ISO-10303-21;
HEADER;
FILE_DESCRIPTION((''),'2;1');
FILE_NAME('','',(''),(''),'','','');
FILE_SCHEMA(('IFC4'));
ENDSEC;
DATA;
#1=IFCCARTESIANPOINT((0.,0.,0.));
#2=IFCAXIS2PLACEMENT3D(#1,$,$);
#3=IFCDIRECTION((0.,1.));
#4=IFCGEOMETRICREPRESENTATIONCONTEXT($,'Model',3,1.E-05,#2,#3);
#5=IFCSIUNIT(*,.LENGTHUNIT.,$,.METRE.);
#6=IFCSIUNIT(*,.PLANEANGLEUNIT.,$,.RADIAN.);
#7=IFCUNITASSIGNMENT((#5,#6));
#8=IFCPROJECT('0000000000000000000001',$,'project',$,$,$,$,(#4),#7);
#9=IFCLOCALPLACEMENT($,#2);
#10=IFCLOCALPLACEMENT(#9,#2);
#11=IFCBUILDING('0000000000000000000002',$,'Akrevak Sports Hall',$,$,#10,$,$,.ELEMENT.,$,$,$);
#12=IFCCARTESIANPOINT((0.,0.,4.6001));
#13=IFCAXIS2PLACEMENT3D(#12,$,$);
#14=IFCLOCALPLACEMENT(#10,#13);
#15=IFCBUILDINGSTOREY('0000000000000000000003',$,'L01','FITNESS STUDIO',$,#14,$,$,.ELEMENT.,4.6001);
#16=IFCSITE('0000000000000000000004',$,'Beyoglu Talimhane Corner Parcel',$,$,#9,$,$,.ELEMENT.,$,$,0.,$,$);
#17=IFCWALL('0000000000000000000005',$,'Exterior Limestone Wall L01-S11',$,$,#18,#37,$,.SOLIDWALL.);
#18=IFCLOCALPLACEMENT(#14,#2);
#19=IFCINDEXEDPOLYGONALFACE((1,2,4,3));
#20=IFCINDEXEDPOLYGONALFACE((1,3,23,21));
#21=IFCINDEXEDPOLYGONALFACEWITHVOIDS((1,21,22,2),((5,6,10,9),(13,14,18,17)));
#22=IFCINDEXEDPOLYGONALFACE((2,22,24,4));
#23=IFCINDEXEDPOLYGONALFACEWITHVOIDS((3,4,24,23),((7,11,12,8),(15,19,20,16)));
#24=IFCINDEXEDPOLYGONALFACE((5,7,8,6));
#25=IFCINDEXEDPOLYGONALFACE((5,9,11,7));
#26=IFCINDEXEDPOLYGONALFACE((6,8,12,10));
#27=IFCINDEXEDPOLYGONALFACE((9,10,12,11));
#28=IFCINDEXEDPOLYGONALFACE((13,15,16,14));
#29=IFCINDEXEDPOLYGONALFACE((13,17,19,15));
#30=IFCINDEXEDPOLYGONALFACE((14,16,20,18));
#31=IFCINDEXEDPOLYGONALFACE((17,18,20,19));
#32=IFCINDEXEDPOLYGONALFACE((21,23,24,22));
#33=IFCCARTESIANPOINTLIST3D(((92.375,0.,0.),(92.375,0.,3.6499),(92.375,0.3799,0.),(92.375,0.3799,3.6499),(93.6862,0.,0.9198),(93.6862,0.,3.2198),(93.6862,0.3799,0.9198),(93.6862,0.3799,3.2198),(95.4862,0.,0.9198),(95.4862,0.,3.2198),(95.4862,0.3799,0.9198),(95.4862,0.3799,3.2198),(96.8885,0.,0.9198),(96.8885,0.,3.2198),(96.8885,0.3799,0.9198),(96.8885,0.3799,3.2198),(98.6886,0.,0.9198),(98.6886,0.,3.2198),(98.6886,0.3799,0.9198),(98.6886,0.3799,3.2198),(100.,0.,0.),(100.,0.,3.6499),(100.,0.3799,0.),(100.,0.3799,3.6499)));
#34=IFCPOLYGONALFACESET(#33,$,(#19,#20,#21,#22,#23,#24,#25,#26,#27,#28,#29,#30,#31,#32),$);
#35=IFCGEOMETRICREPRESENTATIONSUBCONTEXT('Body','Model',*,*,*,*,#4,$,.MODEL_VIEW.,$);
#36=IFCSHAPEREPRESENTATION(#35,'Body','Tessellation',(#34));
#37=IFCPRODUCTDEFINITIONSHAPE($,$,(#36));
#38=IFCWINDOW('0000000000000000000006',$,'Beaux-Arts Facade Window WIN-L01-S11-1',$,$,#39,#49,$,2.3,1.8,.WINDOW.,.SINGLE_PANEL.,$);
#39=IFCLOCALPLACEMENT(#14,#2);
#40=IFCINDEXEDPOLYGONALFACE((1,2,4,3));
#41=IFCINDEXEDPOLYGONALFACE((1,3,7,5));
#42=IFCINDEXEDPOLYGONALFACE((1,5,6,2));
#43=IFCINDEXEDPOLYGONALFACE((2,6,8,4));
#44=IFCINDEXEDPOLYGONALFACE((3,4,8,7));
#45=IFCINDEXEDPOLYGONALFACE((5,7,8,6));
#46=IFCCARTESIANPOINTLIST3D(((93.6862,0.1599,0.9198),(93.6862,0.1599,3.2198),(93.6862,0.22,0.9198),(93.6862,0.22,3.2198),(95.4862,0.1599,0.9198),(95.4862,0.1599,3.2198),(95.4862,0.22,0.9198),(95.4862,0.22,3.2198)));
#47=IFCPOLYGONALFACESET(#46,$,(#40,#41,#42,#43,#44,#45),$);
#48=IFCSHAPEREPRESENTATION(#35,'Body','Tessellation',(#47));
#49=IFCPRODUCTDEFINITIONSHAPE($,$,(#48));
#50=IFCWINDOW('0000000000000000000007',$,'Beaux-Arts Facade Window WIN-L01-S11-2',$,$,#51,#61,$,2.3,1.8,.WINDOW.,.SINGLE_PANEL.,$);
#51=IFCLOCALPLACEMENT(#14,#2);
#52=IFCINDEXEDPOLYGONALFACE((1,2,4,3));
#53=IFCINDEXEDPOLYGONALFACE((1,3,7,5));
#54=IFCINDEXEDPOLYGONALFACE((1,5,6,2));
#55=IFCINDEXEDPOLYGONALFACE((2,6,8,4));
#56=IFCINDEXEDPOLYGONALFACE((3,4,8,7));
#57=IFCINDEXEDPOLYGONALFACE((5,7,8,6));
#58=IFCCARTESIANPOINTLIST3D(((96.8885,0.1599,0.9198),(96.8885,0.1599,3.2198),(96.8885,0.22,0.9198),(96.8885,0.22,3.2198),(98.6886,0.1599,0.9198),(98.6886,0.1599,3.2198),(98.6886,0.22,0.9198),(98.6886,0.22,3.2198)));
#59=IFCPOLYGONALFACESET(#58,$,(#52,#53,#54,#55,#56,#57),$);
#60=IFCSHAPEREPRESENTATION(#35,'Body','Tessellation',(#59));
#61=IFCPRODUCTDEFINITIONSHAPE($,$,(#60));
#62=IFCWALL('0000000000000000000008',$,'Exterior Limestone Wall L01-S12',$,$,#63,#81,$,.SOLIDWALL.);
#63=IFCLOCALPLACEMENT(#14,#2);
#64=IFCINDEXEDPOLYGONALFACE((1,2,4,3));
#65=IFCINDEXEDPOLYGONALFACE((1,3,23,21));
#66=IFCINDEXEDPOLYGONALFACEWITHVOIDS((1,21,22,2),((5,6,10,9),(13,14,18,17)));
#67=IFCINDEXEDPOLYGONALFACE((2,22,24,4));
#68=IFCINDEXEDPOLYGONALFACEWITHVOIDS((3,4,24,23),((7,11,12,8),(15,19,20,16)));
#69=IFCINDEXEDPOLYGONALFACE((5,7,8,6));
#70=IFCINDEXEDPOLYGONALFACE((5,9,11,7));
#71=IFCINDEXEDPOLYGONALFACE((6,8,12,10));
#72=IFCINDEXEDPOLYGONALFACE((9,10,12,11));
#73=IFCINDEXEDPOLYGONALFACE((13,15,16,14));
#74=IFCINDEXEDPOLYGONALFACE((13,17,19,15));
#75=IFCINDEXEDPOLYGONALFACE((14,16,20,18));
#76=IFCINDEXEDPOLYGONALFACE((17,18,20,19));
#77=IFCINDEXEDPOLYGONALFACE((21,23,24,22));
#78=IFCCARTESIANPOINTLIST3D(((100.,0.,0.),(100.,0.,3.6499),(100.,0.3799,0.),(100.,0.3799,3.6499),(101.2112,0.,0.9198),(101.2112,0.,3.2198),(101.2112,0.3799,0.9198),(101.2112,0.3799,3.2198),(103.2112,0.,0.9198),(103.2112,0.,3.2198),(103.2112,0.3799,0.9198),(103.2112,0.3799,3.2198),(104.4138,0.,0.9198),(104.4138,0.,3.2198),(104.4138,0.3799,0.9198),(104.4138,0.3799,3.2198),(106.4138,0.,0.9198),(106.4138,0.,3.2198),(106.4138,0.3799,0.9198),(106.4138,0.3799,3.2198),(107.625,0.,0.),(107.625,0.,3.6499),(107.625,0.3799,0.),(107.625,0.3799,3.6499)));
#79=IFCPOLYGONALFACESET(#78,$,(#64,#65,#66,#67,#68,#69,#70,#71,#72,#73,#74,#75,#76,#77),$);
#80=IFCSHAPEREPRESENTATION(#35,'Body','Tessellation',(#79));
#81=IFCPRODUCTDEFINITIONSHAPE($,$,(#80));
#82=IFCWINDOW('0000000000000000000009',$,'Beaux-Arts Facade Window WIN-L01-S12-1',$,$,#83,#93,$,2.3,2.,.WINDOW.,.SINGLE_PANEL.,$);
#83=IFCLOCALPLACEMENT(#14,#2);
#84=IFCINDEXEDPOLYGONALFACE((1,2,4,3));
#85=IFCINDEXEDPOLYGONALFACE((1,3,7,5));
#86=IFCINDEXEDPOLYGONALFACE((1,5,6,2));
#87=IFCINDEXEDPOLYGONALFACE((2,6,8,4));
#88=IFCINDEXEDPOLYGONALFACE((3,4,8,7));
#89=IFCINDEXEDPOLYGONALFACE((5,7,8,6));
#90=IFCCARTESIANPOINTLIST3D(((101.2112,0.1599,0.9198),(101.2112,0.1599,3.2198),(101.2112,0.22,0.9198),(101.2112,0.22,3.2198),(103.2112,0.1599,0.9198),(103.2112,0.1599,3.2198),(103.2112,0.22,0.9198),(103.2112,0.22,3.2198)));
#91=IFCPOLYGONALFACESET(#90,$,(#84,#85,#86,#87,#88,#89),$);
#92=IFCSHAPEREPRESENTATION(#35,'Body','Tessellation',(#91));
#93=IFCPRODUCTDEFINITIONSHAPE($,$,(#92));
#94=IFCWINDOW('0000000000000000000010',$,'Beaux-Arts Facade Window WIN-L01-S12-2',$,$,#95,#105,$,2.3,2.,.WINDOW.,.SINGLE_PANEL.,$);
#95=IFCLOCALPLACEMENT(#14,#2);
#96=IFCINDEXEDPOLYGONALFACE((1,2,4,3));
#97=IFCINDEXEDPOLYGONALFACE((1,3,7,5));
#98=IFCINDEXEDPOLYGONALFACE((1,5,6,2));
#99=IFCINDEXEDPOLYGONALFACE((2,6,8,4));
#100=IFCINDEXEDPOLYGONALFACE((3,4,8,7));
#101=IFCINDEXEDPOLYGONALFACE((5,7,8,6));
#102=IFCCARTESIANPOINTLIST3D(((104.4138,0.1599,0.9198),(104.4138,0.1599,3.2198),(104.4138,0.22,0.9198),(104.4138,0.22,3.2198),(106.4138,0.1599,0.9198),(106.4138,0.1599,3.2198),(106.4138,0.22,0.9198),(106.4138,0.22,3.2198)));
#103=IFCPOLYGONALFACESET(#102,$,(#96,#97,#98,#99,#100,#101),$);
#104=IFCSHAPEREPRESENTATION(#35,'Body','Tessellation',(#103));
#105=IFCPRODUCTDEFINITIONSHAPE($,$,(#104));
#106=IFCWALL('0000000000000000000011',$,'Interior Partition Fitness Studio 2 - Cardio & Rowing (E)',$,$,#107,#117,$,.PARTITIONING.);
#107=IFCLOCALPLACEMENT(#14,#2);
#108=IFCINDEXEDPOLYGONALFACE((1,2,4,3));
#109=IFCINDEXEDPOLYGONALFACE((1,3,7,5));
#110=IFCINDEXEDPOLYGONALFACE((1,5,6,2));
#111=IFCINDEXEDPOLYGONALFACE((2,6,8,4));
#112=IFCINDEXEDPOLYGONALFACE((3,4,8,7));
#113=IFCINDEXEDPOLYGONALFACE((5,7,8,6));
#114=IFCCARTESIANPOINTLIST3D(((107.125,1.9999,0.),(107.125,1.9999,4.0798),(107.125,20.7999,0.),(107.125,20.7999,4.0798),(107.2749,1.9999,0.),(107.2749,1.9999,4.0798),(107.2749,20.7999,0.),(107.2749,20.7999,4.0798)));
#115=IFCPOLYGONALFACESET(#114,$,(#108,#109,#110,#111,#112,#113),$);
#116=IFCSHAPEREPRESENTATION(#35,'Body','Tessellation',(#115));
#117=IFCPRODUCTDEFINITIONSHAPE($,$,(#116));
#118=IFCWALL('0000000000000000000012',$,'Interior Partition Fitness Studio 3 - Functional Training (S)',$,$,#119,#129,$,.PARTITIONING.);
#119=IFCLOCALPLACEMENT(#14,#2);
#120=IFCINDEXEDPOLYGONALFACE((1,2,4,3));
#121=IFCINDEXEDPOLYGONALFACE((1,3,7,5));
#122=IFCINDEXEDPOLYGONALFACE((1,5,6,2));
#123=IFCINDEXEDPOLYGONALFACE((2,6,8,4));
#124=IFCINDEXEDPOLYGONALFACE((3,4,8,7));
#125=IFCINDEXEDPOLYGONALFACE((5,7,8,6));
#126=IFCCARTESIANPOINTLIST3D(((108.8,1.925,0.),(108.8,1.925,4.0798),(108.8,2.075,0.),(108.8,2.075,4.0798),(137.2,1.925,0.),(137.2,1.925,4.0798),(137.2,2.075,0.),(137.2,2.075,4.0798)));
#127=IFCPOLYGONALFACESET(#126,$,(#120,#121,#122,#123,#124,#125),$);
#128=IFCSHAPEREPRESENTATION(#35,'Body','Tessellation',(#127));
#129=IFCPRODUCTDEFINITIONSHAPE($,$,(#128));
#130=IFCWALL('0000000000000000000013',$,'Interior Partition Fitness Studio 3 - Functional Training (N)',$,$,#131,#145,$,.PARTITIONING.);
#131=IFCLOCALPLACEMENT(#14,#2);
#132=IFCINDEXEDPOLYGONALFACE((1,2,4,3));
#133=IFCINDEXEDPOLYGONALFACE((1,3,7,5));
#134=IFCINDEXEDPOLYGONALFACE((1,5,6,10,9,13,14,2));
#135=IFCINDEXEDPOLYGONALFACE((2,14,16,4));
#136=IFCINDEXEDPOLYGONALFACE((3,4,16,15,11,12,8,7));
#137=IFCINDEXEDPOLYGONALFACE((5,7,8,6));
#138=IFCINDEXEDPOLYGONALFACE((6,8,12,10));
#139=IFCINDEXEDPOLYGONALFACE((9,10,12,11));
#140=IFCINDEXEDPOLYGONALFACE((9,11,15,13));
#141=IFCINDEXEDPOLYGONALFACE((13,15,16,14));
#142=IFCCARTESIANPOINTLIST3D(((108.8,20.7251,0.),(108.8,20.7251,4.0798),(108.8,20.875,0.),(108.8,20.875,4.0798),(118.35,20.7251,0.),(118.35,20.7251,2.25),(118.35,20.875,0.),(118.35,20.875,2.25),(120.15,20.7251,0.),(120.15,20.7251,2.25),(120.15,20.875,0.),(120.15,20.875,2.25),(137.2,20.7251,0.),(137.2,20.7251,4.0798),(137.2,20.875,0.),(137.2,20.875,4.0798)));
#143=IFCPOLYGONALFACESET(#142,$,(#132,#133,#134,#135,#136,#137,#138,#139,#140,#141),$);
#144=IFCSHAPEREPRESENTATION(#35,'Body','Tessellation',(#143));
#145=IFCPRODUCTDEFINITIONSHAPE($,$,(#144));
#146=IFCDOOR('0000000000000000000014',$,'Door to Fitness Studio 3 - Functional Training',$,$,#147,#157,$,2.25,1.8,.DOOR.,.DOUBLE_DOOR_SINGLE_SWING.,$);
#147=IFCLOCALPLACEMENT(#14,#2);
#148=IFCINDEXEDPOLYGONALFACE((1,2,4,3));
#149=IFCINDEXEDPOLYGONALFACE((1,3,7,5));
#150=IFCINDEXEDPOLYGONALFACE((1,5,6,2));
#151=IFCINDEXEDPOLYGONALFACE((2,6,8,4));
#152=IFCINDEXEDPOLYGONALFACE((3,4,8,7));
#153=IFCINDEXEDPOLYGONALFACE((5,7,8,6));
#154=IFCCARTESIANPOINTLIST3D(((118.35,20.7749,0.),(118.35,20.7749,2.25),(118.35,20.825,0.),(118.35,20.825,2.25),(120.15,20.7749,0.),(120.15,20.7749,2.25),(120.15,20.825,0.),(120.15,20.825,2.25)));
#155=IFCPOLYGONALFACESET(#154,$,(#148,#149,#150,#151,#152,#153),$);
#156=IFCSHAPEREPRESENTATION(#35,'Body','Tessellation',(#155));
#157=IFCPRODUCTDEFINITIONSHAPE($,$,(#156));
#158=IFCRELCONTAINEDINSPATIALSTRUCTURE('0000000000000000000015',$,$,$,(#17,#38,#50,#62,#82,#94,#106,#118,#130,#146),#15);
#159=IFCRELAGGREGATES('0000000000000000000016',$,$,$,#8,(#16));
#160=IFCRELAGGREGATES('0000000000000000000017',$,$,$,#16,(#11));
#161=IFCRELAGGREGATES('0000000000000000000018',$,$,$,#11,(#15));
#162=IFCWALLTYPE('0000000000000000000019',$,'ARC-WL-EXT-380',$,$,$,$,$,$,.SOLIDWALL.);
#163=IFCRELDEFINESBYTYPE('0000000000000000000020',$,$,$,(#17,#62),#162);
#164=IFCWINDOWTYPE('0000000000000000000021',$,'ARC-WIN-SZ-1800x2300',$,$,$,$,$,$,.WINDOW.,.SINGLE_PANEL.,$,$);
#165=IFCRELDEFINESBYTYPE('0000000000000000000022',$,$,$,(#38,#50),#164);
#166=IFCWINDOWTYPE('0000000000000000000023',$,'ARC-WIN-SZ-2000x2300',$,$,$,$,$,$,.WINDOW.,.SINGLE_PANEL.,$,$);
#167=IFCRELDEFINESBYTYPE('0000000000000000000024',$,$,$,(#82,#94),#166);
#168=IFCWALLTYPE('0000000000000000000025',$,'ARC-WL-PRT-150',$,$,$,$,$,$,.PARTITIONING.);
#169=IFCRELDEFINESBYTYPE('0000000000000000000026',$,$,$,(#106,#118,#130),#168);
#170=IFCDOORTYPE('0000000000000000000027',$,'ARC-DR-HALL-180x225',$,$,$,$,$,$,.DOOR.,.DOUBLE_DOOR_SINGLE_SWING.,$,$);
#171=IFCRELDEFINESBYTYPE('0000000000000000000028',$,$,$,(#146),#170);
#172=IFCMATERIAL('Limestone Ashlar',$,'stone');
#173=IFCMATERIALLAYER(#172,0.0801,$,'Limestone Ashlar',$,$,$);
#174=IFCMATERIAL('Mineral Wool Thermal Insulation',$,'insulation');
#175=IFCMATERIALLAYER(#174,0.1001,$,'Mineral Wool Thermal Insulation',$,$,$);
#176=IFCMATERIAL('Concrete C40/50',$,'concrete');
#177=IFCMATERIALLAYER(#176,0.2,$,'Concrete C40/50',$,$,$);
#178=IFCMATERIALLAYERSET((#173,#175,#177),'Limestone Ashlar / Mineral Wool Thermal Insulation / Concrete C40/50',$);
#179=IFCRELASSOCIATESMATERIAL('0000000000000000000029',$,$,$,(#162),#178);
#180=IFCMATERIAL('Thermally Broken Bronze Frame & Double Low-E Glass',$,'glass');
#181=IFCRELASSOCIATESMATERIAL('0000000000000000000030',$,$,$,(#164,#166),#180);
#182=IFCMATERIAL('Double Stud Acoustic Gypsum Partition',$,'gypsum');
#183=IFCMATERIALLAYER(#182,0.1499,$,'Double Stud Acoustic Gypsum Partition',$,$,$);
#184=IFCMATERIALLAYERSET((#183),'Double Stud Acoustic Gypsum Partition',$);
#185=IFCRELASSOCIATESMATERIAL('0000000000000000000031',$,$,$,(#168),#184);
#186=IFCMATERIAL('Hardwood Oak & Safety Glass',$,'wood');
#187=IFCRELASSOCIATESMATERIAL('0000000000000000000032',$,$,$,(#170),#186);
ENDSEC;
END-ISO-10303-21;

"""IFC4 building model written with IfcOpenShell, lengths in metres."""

from ifc_helpers import new_model, si_unit, direction, frame, frame_2d, origin, place, context, subcontext, project, spatial, rectangle, extrude, material, layer, layer_set, type_object, element, fill, save


model = new_model("IFC4")

# Units and contexts
model_context = context("Model", 3, precision=1e-05, world=origin(), true_north=direction((0.0, 1.0)))
body_context = subcontext(model_context, "Body", "Model", "MODEL_VIEW")
ifc_project = project(units=[si_unit("LENGTHUNIT", "METRE"), si_unit("PLANEANGLEUNIT", "RADIAN")], contexts=[model_context])

# Site, building, storey
site_placement = place(None, origin())
site = spatial("IfcSite", under=ifc_project, at=site_placement, Name="Beyoglu Talimhane Corner Parcel", CompositionType="ELEMENT", RefElevation=0.0)
building_placement = place(site_placement, origin())
building = spatial("IfcBuilding", under=site, at=building_placement, Name="Akrevak Sports Hall", CompositionType="ELEMENT")
storey_placement = place(building_placement, frame((0.0, 0.0, 4.6001)))
storey = spatial("IfcBuildingStorey", under=building, at=storey_placement, Name="L01", Description="FITNESS STUDIO", CompositionType="ELEMENT", Elevation=4.6001)

# Shared definitions
ifc_material_1 = material(Name="Concrete C40/50", Category="concrete")

# Walls, openings, windows
ifc_material_2 = material(Name="Limestone Ashlar", Category="stone")
ifc_layer_1 = layer(ifc_material_2, 0.0801, Name="Limestone Ashlar")
ifc_material_3 = material(Name="Mineral Wool Thermal Insulation", Category="insulation")
ifc_layer_2 = layer(ifc_material_3, 0.1001, Name="Mineral Wool Thermal Insulation")
ifc_layer_3 = layer(ifc_material_1, 0.2, Name="Concrete C40/50")
ifc_layer_set_1 = layer_set([ifc_layer_1, ifc_layer_2, ifc_layer_3], Name="Limestone Ashlar / Mineral Wool Thermal Insulation / Concrete C40/50")
wall_type_1 = type_object("IfcWallType", Name="ARC-WL-EXT-380", PredefinedType="SOLIDWALL", material=ifc_layer_set_1)
wall_1_placement = place(storey_placement, frame((92.375, 0.1899, 0.0), z_axis=(0.0, 0.0, 1.0), x_axis=(1.0, 0.0, 0.0)))
wall_1 = element("IfcWall", 1, at=wall_1_placement, inside=storey, type_object=wall_type_1, Name="Exterior Limestone Wall L01-S11", PredefinedType="SOLIDWALL", context=body_context, shape_type="SweptSolid", body=[
    extrude(rectangle(XDim=7.625, YDim=0.3799, at=frame_2d((3.8125, 0.0))), origin(), (0.0, 0.0, 1.0), 3.6499),
])
opening_1_placement = place(wall_1_placement, frame((1.3113, 0.0, 0.9199)))
opening_1 = element("IfcOpeningElement", 2, at=opening_1_placement, cuts=wall_1, PredefinedType="OPENING", context=body_context, shape_type="SweptSolid", body=[
    extrude(rectangle(XDim=1.8, YDim=2.3, at=frame_2d((0.8999, 1.1499))), frame((0.0, 0.2019, 0.0), z_axis=(0.0, -1.0, 0.0), x_axis=(1.0, 0.0, 0.0)), (0.0, 0.0, 1.0), 0.4038),
])
opening_2_placement = place(wall_1_placement, frame((4.5137, 0.0, 0.9199)))
opening_2 = element("IfcOpeningElement", 3, at=opening_2_placement, cuts=wall_1, PredefinedType="OPENING", context=body_context, shape_type="SweptSolid", body=[
    extrude(rectangle(XDim=1.8, YDim=2.3, at=frame_2d((0.8999, 1.1499))), frame((0.0, 0.2019, 0.0), z_axis=(0.0, -1.0, 0.0), x_axis=(1.0, 0.0, 0.0)), (0.0, 0.0, 1.0), 0.4038),
])
ifc_material_4 = material(Name="Thermally Broken Bronze Frame & Double Low-E Glass", Category="glass")
window_type_1 = type_object("IfcWindowType", Name="ARC-WIN-SZ-1800x2300", PartitioningType="SINGLE_PANEL", PredefinedType="WINDOW", material=ifc_material_4)
window_1_placement = place(opening_1_placement, origin())
window_1 = element("IfcWindow", 4, at=window_1_placement, inside=storey, type_object=window_type_1, Name="Beaux-Arts Facade Window WIN-L01-S11-1", OverallHeight=2.3, OverallWidth=1.8, PartitioningType="SINGLE_PANEL", PredefinedType="WINDOW", context=body_context, shape_type="SweptSolid", body=[
    extrude(rectangle(XDim=1.8, YDim=2.3, at=frame_2d((0.8999, 1.1499))), frame((0.0, 0.03, 0.0), z_axis=(0.0, -1.0, 0.0), x_axis=(1.0, 0.0, 0.0)), (0.0, 0.0, 1.0), 0.0601),
])
fill(opening_1, window_1)
window_2_placement = place(opening_2_placement, origin())
window_2 = element("IfcWindow", 5, at=window_2_placement, inside=storey, type_object=window_type_1, Name="Beaux-Arts Facade Window WIN-L01-S11-2", OverallHeight=2.3, OverallWidth=1.8, PartitioningType="SINGLE_PANEL", PredefinedType="WINDOW", context=body_context, shape_type="SweptSolid", body=[
    extrude(rectangle(XDim=1.8, YDim=2.3, at=frame_2d((0.8999, 1.1499))), frame((0.0, 0.03, 0.0), z_axis=(0.0, -1.0, 0.0), x_axis=(1.0, 0.0, 0.0)), (0.0, 0.0, 1.0), 0.0601),
])
fill(opening_2, window_2)
wall_2_placement = place(storey_placement, frame((100.0, 0.1899, 0.0), z_axis=(0.0, 0.0, 1.0), x_axis=(1.0, 0.0, 0.0)))
wall_2 = element("IfcWall", 6, at=wall_2_placement, inside=storey, type_object=wall_type_1, Name="Exterior Limestone Wall L01-S12", PredefinedType="SOLIDWALL", context=body_context, shape_type="SweptSolid", body=[
    extrude(rectangle(XDim=7.625, YDim=0.3799, at=frame_2d((3.8125, 0.0))), origin(), (0.0, 0.0, 1.0), 3.6499),
])
opening_3_placement = place(wall_2_placement, frame((1.2112, 0.0, 0.9199)))
opening_3 = element("IfcOpeningElement", 7, at=opening_3_placement, cuts=wall_2, PredefinedType="OPENING", context=body_context, shape_type="SweptSolid", body=[
    extrude(rectangle(XDim=2.0, YDim=2.3, at=frame_2d((1.0, 1.1499))), frame((0.0, 0.2019, 0.0), z_axis=(0.0, -1.0, 0.0), x_axis=(1.0, 0.0, 0.0)), (0.0, 0.0, 1.0), 0.4038),
])
opening_4_placement = place(wall_2_placement, frame((4.4138, 0.0, 0.9199)))
opening_4 = element("IfcOpeningElement", 8, at=opening_4_placement, cuts=wall_2, PredefinedType="OPENING", context=body_context, shape_type="SweptSolid", body=[
    extrude(rectangle(XDim=2.0, YDim=2.3, at=frame_2d((1.0, 1.1499))), frame((0.0, 0.2019, 0.0), z_axis=(0.0, -1.0, 0.0), x_axis=(1.0, 0.0, 0.0)), (0.0, 0.0, 1.0), 0.4038),
])
window_type_2 = type_object("IfcWindowType", Name="ARC-WIN-SZ-2000x2300", PartitioningType="SINGLE_PANEL", PredefinedType="WINDOW", material=ifc_material_4)
window_3_placement = place(opening_3_placement, origin())
window_3 = element("IfcWindow", 9, at=window_3_placement, inside=storey, type_object=window_type_2, Name="Beaux-Arts Facade Window WIN-L01-S12-1", OverallHeight=2.3, OverallWidth=2.0, PartitioningType="SINGLE_PANEL", PredefinedType="WINDOW", context=body_context, shape_type="SweptSolid", body=[
    extrude(rectangle(XDim=2.0, YDim=2.3, at=frame_2d((1.0, 1.1499))), frame((0.0, 0.03, 0.0), z_axis=(0.0, -1.0, 0.0), x_axis=(1.0, 0.0, 0.0)), (0.0, 0.0, 1.0), 0.0601),
])
fill(opening_3, window_3)
window_4_placement = place(opening_4_placement, origin())
window_4 = element("IfcWindow", 10, at=window_4_placement, inside=storey, type_object=window_type_2, Name="Beaux-Arts Facade Window WIN-L01-S12-2", OverallHeight=2.3, OverallWidth=2.0, PartitioningType="SINGLE_PANEL", PredefinedType="WINDOW", context=body_context, shape_type="SweptSolid", body=[
    extrude(rectangle(XDim=2.0, YDim=2.3, at=frame_2d((1.0, 1.1499))), frame((0.0, 0.03, 0.0), z_axis=(0.0, -1.0, 0.0), x_axis=(1.0, 0.0, 0.0)), (0.0, 0.0, 1.0), 0.0601),
])
fill(opening_4, window_4)

# Walls
ifc_material_5 = material(Name="Double Stud Acoustic Gypsum Partition", Category="gypsum")
ifc_layer_4 = layer(ifc_material_5, 0.1499, Name="Double Stud Acoustic Gypsum Partition")
ifc_layer_set_2 = layer_set([ifc_layer_4], Name="Double Stud Acoustic Gypsum Partition")
wall_type_2 = type_object("IfcWallType", Name="ARC-WL-PRT-150", PredefinedType="PARTITIONING", material=ifc_layer_set_2)
wall_3_placement = place(storey_placement, frame((107.2, 2.0, 0.0), z_axis=(0.0, 0.0, 1.0), x_axis=(0.0, 1.0, 0.0)))
element("IfcWall", 11, at=wall_3_placement, inside=storey, type_object=wall_type_2, Name="Interior Partition Fitness Studio 2 - Cardio & Rowing (E)", PredefinedType="PARTITIONING", context=body_context, shape_type="SweptSolid", body=[
    extrude(rectangle(XDim=18.8, YDim=0.1499, at=frame_2d((9.3999, 0.0))), origin(), (0.0, 0.0, 1.0), 4.0798),
])
wall_4_placement = place(storey_placement, frame((108.8, 2.0, 0.0), z_axis=(0.0, 0.0, 1.0), x_axis=(1.0, 0.0, 0.0)))
element("IfcWall", 12, at=wall_4_placement, inside=storey, type_object=wall_type_2, Name="Interior Partition Fitness Studio 3 - Functional Training (S)", PredefinedType="PARTITIONING", context=body_context, shape_type="SweptSolid", body=[
    extrude(rectangle(XDim=28.3999, YDim=0.1499, at=frame_2d((14.2, 0.0))), origin(), (0.0, 0.0, 1.0), 4.0798),
])

# Wall, opening, door
wall_5_placement = place(storey_placement, frame((108.8, 20.8, 0.0), z_axis=(0.0, 0.0, 1.0), x_axis=(1.0, 0.0, 0.0)))
wall_5 = element("IfcWall", 13, at=wall_5_placement, inside=storey, type_object=wall_type_2, Name="Interior Partition Fitness Studio 3 - Functional Training (N)", PredefinedType="PARTITIONING", context=body_context, shape_type="SweptSolid", body=[
    extrude(rectangle(XDim=28.3999, YDim=0.1499, at=frame_2d((14.2, 0.0))), origin(), (0.0, 0.0, 1.0), 4.0798),
])
opening_5_placement = place(wall_5_placement, frame((9.55, 0.0, 0.0)))
opening_5 = element("IfcOpeningElement", 14, at=opening_5_placement, cuts=wall_5, PredefinedType="OPENING", context=body_context, shape_type="SweptSolid", body=[
    extrude(rectangle(XDim=1.8, YDim=2.25, at=frame_2d((0.8999, 1.125))), frame((0.0, 0.0869, 0.0), z_axis=(0.0, -1.0, 0.0), x_axis=(1.0, 0.0, 0.0)), (0.0, 0.0, 1.0), 0.1738),
])
ifc_material_6 = material(Name="Hardwood Oak & Safety Glass", Category="wood")
door_type = type_object("IfcDoorType", Name="ARC-DR-HALL-180x225", OperationType="DOUBLE_DOOR_SINGLE_SWING", PredefinedType="DOOR", material=ifc_material_6)
door_placement = place(opening_5_placement, origin())
door = element("IfcDoor", 15, at=door_placement, inside=storey, type_object=door_type, Name="Door to Fitness Studio 3 - Functional Training", OperationType="DOUBLE_DOOR_SINGLE_SWING", OverallHeight=2.25, OverallWidth=1.8, PredefinedType="DOOR", context=body_context, shape_type="SweptSolid", body=[
    extrude(rectangle(XDim=1.8, YDim=2.25, at=frame_2d((0.8999, 1.125))), frame((0.0, 0.0249, 0.0), z_axis=(0.0, -1.0, 0.0), x_axis=(1.0, 0.0, 0.0)), (0.0, 0.0, 1.0), 0.05),
])
fill(opening_5, door)

save(model, "model.ifc")
